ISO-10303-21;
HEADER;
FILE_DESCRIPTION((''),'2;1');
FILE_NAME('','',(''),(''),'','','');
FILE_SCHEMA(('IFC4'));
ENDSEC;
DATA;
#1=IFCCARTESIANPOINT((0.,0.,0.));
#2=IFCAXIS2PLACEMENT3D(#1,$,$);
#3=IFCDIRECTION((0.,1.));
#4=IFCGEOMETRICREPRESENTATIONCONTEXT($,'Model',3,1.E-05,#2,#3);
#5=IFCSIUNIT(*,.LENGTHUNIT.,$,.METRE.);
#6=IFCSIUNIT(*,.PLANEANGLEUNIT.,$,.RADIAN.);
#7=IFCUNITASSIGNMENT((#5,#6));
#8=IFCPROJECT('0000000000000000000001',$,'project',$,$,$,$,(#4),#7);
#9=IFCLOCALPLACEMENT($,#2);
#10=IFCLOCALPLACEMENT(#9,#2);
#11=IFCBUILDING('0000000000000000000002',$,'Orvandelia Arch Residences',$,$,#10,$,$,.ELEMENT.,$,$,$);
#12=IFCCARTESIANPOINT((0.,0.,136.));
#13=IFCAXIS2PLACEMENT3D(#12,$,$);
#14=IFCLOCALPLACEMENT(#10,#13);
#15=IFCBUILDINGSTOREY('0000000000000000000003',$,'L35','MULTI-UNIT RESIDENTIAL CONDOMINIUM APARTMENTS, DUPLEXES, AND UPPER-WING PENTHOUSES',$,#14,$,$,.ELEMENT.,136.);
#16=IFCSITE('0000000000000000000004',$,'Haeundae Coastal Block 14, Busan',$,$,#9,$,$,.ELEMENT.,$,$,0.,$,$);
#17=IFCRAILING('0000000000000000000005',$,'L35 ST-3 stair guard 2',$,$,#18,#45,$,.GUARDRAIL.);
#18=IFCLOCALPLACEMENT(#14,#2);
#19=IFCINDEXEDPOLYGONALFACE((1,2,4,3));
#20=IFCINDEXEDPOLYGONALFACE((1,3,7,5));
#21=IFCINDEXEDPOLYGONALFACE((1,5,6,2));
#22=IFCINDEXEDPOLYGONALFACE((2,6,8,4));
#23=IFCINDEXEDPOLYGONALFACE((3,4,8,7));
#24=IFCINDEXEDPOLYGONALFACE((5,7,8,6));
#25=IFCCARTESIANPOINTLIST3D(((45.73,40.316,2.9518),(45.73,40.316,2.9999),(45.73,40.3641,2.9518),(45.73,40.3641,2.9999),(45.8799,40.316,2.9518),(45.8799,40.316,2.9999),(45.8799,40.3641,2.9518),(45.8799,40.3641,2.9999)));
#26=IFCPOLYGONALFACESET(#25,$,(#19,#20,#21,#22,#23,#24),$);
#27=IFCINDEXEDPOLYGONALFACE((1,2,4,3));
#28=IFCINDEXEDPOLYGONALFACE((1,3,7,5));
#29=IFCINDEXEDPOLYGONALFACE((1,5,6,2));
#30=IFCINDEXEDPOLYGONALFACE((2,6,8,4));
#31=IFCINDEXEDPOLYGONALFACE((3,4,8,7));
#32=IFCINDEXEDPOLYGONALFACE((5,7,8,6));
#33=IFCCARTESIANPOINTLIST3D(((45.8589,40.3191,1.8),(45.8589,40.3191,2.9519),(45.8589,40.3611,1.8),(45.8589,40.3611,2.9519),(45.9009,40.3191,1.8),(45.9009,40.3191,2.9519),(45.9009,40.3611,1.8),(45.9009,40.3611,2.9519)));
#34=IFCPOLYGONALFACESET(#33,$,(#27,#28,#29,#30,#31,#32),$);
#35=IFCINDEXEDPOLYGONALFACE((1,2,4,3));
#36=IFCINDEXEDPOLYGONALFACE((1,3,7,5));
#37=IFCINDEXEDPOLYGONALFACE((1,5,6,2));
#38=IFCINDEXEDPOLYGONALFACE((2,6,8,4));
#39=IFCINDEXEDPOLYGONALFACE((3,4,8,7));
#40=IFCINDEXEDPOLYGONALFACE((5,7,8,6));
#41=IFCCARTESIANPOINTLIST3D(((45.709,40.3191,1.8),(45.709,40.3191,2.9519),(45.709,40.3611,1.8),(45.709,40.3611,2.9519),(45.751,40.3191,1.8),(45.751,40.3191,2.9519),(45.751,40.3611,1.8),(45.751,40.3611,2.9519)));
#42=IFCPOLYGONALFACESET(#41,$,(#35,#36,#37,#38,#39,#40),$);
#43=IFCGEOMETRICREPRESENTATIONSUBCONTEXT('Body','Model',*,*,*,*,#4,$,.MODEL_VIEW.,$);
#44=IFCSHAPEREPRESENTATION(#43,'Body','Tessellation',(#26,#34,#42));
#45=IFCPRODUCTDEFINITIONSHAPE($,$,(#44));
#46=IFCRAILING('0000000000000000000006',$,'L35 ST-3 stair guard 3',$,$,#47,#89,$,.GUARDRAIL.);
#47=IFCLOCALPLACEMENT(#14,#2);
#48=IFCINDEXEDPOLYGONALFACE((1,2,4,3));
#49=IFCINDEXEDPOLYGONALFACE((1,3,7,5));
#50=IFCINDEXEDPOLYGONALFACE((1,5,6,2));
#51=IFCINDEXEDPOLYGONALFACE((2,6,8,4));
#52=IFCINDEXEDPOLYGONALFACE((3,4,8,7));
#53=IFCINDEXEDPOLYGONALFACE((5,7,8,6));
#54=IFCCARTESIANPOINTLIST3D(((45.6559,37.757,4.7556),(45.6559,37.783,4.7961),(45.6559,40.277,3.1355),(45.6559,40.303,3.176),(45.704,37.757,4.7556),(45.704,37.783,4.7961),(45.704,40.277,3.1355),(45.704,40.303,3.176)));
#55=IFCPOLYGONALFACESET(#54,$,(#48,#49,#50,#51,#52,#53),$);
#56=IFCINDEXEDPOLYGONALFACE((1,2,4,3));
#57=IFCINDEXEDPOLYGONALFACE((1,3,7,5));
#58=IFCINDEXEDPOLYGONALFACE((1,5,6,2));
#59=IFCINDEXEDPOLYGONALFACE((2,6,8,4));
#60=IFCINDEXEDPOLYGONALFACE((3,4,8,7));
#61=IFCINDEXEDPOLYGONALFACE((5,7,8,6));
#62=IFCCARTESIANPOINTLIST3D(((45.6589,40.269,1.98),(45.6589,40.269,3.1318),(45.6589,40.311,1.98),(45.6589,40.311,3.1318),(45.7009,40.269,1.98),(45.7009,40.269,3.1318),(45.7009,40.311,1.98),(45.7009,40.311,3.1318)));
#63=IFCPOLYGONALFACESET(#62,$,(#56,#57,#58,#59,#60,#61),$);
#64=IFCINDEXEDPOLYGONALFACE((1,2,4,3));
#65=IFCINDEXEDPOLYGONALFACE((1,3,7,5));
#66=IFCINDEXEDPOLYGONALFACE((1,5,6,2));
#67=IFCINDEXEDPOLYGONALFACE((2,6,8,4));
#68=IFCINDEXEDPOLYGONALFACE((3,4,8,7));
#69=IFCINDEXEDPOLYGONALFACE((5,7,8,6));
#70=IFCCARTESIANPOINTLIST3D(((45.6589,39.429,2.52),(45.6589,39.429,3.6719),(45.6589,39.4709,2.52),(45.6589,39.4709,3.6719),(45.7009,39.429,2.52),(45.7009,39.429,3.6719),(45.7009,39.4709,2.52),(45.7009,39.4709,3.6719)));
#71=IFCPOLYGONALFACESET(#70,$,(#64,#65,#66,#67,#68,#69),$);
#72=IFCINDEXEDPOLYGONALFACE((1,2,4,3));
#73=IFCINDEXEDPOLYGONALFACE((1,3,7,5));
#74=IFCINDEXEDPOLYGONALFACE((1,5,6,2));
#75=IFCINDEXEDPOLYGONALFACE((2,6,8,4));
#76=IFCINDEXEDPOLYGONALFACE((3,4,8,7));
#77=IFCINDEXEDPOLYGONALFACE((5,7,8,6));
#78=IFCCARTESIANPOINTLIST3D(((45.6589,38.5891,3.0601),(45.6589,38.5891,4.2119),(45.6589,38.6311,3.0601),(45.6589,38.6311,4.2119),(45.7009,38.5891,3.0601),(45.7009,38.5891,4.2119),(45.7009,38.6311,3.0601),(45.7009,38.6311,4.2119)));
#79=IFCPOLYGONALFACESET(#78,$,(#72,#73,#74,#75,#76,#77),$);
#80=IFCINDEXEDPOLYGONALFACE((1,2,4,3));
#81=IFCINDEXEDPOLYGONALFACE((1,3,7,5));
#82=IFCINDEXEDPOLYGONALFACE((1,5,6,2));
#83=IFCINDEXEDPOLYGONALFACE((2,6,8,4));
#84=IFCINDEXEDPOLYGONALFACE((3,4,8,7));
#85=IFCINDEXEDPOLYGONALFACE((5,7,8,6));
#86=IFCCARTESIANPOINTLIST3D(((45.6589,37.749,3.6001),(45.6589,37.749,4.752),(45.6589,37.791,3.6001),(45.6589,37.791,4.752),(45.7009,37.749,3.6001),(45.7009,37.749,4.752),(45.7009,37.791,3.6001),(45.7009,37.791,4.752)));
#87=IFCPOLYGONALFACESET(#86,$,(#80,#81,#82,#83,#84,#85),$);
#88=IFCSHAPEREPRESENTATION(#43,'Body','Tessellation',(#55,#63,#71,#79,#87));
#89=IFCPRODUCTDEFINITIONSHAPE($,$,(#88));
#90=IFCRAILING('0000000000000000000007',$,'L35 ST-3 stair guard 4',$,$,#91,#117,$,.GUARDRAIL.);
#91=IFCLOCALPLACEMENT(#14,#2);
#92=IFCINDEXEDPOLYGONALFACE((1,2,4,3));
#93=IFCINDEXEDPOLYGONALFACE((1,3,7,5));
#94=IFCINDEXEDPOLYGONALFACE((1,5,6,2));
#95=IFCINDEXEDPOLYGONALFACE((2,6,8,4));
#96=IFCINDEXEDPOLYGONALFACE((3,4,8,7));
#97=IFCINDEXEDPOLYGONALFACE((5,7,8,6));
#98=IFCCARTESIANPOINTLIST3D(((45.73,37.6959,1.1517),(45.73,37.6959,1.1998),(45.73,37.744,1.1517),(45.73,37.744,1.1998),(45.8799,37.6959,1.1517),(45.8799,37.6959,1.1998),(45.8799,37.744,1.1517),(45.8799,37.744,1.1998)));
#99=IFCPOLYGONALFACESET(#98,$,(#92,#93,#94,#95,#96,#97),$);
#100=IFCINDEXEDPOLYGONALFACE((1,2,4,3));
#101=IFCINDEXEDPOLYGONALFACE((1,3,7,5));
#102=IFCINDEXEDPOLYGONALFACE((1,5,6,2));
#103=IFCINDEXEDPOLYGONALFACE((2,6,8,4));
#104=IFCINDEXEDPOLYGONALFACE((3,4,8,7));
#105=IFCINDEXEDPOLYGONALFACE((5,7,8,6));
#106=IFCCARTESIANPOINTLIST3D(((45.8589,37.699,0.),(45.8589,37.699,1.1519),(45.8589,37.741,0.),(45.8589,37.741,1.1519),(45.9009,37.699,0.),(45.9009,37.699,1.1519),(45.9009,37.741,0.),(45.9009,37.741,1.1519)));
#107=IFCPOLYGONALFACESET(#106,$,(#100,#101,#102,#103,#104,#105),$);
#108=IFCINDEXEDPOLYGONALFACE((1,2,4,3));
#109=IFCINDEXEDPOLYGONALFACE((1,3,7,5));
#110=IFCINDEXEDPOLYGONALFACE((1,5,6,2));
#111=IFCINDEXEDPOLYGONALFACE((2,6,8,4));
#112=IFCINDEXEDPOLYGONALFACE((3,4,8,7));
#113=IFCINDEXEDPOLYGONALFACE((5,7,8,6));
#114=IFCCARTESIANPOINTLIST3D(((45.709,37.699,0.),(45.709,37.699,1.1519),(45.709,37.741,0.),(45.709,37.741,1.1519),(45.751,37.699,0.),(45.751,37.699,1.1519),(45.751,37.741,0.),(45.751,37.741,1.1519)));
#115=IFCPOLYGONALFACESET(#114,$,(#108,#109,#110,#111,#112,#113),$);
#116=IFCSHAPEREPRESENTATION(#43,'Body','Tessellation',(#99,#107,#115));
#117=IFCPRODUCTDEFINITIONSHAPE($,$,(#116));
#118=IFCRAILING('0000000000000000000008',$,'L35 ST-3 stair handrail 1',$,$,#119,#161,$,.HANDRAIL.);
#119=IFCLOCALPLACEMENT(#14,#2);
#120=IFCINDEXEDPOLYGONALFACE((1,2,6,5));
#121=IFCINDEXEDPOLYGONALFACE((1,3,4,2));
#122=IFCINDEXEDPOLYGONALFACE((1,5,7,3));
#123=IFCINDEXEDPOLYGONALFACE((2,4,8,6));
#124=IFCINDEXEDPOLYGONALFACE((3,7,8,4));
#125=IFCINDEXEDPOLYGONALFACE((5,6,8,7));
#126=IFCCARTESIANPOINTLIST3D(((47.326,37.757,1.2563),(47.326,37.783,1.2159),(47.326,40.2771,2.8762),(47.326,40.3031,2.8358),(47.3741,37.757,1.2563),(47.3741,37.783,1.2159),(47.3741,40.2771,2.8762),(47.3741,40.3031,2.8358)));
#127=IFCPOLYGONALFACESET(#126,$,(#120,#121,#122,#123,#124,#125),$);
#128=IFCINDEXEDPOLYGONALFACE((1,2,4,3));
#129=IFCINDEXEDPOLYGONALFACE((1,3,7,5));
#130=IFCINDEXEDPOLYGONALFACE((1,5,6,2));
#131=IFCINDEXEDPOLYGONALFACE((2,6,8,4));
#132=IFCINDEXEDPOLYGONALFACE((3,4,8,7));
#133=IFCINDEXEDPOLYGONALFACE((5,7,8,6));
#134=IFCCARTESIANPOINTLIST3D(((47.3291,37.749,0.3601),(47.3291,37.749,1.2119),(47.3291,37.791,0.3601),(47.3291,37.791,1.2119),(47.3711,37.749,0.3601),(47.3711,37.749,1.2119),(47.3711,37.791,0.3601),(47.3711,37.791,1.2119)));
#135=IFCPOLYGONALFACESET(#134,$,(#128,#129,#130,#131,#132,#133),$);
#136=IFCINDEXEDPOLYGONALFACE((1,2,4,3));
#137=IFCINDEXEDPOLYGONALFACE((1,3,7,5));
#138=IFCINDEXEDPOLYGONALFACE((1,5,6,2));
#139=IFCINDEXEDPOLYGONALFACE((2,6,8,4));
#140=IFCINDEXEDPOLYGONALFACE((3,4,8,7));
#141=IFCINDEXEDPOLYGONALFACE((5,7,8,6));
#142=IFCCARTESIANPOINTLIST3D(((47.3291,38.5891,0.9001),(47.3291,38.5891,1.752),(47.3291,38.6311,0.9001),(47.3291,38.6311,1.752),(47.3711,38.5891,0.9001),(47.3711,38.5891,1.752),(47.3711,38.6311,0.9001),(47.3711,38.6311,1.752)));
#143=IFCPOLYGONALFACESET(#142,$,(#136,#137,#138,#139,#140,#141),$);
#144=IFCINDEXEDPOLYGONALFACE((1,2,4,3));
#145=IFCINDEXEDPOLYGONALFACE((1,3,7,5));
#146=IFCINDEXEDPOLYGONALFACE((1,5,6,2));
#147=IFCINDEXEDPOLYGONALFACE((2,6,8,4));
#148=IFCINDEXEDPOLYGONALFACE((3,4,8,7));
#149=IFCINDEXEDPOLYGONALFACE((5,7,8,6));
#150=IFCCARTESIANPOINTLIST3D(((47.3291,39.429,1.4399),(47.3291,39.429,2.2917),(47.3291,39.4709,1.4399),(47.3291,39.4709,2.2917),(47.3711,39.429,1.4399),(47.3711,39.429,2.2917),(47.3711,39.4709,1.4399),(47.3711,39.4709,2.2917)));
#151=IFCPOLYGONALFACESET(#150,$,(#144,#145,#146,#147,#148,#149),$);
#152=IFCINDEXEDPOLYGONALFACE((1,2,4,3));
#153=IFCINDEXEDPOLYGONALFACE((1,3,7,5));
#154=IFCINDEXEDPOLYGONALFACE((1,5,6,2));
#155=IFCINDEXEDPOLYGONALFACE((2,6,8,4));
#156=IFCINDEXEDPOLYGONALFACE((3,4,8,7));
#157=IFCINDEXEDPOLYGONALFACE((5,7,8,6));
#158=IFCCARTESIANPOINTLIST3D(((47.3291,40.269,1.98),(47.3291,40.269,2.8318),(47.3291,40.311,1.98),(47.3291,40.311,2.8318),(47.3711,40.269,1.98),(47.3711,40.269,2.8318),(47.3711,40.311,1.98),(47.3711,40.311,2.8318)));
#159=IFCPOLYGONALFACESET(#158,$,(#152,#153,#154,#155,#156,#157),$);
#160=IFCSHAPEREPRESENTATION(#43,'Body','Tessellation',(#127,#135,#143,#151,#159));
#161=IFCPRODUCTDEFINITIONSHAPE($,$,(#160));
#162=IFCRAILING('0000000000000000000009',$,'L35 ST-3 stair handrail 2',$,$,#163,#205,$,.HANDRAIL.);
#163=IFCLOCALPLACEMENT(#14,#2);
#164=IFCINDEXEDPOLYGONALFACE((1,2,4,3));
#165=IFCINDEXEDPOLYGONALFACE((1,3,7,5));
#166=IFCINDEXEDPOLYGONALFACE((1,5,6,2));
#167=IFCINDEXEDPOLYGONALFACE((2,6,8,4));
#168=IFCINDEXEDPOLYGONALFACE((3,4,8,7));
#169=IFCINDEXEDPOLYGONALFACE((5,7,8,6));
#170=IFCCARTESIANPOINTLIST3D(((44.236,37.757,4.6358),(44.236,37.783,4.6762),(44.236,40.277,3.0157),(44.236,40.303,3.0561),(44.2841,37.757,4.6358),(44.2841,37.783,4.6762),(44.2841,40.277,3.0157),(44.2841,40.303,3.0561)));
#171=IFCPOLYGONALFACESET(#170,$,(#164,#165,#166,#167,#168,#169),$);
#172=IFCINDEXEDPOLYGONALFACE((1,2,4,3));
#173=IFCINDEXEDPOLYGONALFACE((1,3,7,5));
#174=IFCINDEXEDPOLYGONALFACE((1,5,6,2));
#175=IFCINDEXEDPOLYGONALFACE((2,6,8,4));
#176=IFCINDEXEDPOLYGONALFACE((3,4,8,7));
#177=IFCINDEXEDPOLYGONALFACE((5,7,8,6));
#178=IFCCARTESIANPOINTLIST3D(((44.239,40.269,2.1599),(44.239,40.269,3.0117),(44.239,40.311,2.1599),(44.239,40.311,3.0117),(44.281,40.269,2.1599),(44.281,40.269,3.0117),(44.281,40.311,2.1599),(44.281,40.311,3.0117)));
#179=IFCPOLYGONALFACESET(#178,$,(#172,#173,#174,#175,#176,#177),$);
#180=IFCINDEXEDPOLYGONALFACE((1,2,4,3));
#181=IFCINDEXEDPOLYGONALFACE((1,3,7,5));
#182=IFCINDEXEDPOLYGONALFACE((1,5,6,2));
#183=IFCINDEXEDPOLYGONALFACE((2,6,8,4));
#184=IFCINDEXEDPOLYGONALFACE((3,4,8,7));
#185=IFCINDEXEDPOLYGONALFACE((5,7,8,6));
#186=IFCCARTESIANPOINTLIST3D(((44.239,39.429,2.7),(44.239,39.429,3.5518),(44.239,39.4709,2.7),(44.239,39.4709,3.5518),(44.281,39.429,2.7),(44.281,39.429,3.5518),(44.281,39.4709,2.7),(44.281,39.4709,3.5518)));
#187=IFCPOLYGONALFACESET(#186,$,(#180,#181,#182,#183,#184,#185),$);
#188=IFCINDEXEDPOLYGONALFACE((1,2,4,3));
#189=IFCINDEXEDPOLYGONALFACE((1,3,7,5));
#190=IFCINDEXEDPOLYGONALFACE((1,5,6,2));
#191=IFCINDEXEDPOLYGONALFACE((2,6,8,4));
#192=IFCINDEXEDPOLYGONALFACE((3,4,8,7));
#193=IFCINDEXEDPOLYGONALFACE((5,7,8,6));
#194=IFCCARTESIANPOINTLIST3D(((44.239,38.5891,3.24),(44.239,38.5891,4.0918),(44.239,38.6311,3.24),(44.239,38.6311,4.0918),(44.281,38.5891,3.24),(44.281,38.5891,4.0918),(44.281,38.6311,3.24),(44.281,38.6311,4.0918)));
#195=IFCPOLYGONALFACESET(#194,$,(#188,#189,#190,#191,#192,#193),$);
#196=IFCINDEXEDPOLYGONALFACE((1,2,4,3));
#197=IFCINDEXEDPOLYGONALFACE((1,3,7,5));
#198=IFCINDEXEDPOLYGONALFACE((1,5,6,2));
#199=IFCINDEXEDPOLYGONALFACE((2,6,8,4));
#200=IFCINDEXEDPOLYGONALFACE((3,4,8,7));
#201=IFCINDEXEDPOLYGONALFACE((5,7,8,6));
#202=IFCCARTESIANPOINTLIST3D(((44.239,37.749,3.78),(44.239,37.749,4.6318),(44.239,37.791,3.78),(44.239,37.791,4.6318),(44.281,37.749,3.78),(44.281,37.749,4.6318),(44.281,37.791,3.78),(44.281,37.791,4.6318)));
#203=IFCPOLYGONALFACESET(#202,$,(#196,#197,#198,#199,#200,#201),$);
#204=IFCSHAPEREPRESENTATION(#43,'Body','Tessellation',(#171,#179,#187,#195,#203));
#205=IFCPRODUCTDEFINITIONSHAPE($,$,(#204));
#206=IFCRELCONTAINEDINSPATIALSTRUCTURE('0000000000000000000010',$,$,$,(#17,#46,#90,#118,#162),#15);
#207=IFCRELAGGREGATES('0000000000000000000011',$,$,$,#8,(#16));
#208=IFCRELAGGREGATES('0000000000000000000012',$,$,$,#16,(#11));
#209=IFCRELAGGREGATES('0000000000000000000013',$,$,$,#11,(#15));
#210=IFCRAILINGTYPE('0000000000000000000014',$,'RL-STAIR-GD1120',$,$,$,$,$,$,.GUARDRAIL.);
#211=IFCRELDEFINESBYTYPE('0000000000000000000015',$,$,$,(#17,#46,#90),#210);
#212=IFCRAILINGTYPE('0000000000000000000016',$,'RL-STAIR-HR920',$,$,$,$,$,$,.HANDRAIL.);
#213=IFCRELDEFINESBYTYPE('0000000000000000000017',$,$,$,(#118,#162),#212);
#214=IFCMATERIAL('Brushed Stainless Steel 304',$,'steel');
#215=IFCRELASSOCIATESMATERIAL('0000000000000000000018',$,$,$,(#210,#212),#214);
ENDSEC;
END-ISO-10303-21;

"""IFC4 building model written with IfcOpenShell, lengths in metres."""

from ifc_helpers import new_model, si_unit, direction, frame, origin, origin_2d, place, context, subcontext, project, spatial, rectangle, extrude, material, type_object, element, save


model = new_model("IFC4")

# Units and contexts
model_context = context("Model", 3, precision=1e-05, world=origin(), true_north=direction((0.0, 1.0)))
body_context = subcontext(model_context, "Body", "Model", "MODEL_VIEW")
ifc_project = project(units=[si_unit("LENGTHUNIT", "METRE"), si_unit("PLANEANGLEUNIT", "RADIAN")], contexts=[model_context])

# Site, building, storey
site_placement = place(None, origin())
site = spatial("IfcSite", under=ifc_project, at=site_placement, Name="Haeundae Coastal Block 14, Busan", CompositionType="ELEMENT", RefElevation=0.0)
building_placement = place(site_placement, origin())
building = spatial("IfcBuilding", under=site, at=building_placement, Name="Orvandelia Arch Residences", CompositionType="ELEMENT")
storey_placement = place(building_placement, frame((0.0, 0.0, 136.0)))
storey = spatial("IfcBuildingStorey", under=building, at=storey_placement, Name="L35", Description="MULTI-UNIT RESIDENTIAL CONDOMINIUM APARTMENTS, DUPLEXES, AND UPPER-WING PENTHOUSES", CompositionType="ELEMENT", Elevation=136.0)

# Railings
ifc_material_1 = material(Name="Brushed Stainless Steel 304", Category="steel")
railing_type_1 = type_object("IfcRailingType", Name="RL-STAIR-GD1120", PredefinedType="GUARDRAIL", material=ifc_material_1)
railing_1_placement = place(storey_placement, frame((45.8799, 40.3401, 1.8)))
element("IfcRailing", 1, at=railing_1_placement, inside=storey, type_object=railing_type_1, Name="L35 ST-3 stair guard 2", PredefinedType="GUARDRAIL", context=body_context, shape_type="SweptSolid", body=[
    extrude(rectangle(XDim=0.0481, YDim=0.0481, at=origin_2d()), frame((0.0, 0.0, 1.1758), z_axis=(-1.0, 0.0, 0.0), x_axis=(0.0, -1.0, 0.0)), (0.0, 0.0, 1.0), 0.1499),
    extrude(rectangle(XDim=0.042, YDim=0.042, at=origin_2d()), origin(), (0.0, 0.0, 1.0), 1.1519),
    extrude(rectangle(XDim=0.042, YDim=0.042, at=origin_2d()), frame((-0.1499, 0.0, 0.0)), (0.0, 0.0, 1.0), 1.1519),
])
railing_2_placement = place(storey_placement, frame((45.6799, 40.29, 1.98)))
element("IfcRailing", 2, at=railing_2_placement, inside=storey, type_object=railing_type_1, Name="L35 ST-3 stair guard 3", PredefinedType="GUARDRAIL", context=body_context, shape_type="SweptSolid", body=[
    extrude(rectangle(XDim=0.0481, YDim=0.0481, at=origin_2d()), frame((0.0, 0.0, 1.1758), z_axis=(0.0, -0.841163, 0.540782), x_axis=(1.0, 0.0, 0.0)), (0.0, 0.0, 1.0), 2.9958),
    extrude(rectangle(XDim=0.042, YDim=0.042, at=origin_2d()), origin(), (0.0, 0.0, 1.0), 1.1519),
    extrude(rectangle(XDim=0.042, YDim=0.042, at=origin_2d()), frame((0.0, -0.8401, 0.54)), (0.0, 0.0, 1.0), 1.1519),
    extrude(rectangle(XDim=0.042, YDim=0.042, at=origin_2d()), frame((0.0, -1.6799, 1.0801)), (0.0, 0.0, 1.0), 1.1519),
    extrude(rectangle(XDim=0.042, YDim=0.042, at=origin_2d()), frame((0.0, -2.52, 1.6201)), (0.0, 0.0, 1.0), 1.1519),
])
railing_3_placement = place(storey_placement, frame((45.8799, 37.72, 0.0)))
element("IfcRailing", 3, at=railing_3_placement, inside=storey, type_object=railing_type_1, Name="L35 ST-3 stair guard 4", PredefinedType="GUARDRAIL", context=body_context, shape_type="SweptSolid", body=[
    extrude(rectangle(XDim=0.0481, YDim=0.0481, at=origin_2d()), frame((0.0, 0.0, 1.1758), z_axis=(-1.0, 0.0, 0.0), x_axis=(0.0, -1.0, 0.0)), (0.0, 0.0, 1.0), 0.1499),
    extrude(rectangle(XDim=0.042, YDim=0.042, at=origin_2d()), origin(), (0.0, 0.0, 1.0), 1.1519),
    extrude(rectangle(XDim=0.042, YDim=0.042, at=origin_2d()), frame((-0.1499, 0.0, 0.0)), (0.0, 0.0, 1.0), 1.1519),
])
railing_type_2 = type_object("IfcRailingType", Name="RL-STAIR-HR920", PredefinedType="HANDRAIL", material=ifc_material_1)
railing_4_placement = place(storey_placement, frame((47.3501, 37.77, 0.3601)))
element("IfcRailing", 4, at=railing_4_placement, inside=storey, type_object=railing_type_2, Name="L35 ST-3 stair handrail 1", PredefinedType="HANDRAIL", context=body_context, shape_type="SweptSolid", body=[
    extrude(rectangle(XDim=0.0481, YDim=0.0481, at=origin_2d()), frame((0.0, 0.0, 0.876), z_axis=(0.0, 0.8412, 0.540725), x_axis=(-1.0, 0.0, 0.0)), (0.0, 0.0, 1.0), 2.9958),
    extrude(rectangle(XDim=0.042, YDim=0.042, at=origin_2d()), origin(), (0.0, 0.0, 1.0), 0.8518),
    extrude(rectangle(XDim=0.042, YDim=0.042, at=origin_2d()), frame((0.0, 0.8401, 0.54)), (0.0, 0.0, 1.0), 0.8518),
    extrude(rectangle(XDim=0.042, YDim=0.042, at=origin_2d()), frame((0.0, 1.6799, 1.0798)), (0.0, 0.0, 1.0), 0.8518),
    extrude(rectangle(XDim=0.042, YDim=0.042, at=origin_2d()), frame((0.0, 2.52, 1.6199)), (0.0, 0.0, 1.0), 0.8518),
])
railing_5_placement = place(storey_placement, frame((44.26, 40.29, 2.1599)))
element("IfcRailing", 5, at=railing_5_placement, inside=storey, type_object=railing_type_2, Name="L35 ST-3 stair handrail 2", PredefinedType="HANDRAIL", context=body_context, shape_type="SweptSolid", body=[
    extrude(rectangle(XDim=0.0481, YDim=0.0481, at=origin_2d()), frame((0.0, 0.0, 0.876), z_axis=(0.0, -0.841163, 0.540782), x_axis=(1.0, 0.0, 0.0)), (0.0, 0.0, 1.0), 2.9958),
    extrude(rectangle(XDim=0.042, YDim=0.042, at=origin_2d()), origin(), (0.0, 0.0, 1.0), 0.8518),
    extrude(rectangle(XDim=0.042, YDim=0.042, at=origin_2d()), frame((0.0, -0.8401, 0.54)), (0.0, 0.0, 1.0), 0.8518),
    extrude(rectangle(XDim=0.042, YDim=0.042, at=origin_2d()), frame((0.0, -1.6799, 1.0801)), (0.0, 0.0, 1.0), 0.8518),
    extrude(rectangle(XDim=0.042, YDim=0.042, at=origin_2d()), frame((0.0, -2.52, 1.6201)), (0.0, 0.0, 1.0), 0.8518),
])

save(model, "model.ifc")
